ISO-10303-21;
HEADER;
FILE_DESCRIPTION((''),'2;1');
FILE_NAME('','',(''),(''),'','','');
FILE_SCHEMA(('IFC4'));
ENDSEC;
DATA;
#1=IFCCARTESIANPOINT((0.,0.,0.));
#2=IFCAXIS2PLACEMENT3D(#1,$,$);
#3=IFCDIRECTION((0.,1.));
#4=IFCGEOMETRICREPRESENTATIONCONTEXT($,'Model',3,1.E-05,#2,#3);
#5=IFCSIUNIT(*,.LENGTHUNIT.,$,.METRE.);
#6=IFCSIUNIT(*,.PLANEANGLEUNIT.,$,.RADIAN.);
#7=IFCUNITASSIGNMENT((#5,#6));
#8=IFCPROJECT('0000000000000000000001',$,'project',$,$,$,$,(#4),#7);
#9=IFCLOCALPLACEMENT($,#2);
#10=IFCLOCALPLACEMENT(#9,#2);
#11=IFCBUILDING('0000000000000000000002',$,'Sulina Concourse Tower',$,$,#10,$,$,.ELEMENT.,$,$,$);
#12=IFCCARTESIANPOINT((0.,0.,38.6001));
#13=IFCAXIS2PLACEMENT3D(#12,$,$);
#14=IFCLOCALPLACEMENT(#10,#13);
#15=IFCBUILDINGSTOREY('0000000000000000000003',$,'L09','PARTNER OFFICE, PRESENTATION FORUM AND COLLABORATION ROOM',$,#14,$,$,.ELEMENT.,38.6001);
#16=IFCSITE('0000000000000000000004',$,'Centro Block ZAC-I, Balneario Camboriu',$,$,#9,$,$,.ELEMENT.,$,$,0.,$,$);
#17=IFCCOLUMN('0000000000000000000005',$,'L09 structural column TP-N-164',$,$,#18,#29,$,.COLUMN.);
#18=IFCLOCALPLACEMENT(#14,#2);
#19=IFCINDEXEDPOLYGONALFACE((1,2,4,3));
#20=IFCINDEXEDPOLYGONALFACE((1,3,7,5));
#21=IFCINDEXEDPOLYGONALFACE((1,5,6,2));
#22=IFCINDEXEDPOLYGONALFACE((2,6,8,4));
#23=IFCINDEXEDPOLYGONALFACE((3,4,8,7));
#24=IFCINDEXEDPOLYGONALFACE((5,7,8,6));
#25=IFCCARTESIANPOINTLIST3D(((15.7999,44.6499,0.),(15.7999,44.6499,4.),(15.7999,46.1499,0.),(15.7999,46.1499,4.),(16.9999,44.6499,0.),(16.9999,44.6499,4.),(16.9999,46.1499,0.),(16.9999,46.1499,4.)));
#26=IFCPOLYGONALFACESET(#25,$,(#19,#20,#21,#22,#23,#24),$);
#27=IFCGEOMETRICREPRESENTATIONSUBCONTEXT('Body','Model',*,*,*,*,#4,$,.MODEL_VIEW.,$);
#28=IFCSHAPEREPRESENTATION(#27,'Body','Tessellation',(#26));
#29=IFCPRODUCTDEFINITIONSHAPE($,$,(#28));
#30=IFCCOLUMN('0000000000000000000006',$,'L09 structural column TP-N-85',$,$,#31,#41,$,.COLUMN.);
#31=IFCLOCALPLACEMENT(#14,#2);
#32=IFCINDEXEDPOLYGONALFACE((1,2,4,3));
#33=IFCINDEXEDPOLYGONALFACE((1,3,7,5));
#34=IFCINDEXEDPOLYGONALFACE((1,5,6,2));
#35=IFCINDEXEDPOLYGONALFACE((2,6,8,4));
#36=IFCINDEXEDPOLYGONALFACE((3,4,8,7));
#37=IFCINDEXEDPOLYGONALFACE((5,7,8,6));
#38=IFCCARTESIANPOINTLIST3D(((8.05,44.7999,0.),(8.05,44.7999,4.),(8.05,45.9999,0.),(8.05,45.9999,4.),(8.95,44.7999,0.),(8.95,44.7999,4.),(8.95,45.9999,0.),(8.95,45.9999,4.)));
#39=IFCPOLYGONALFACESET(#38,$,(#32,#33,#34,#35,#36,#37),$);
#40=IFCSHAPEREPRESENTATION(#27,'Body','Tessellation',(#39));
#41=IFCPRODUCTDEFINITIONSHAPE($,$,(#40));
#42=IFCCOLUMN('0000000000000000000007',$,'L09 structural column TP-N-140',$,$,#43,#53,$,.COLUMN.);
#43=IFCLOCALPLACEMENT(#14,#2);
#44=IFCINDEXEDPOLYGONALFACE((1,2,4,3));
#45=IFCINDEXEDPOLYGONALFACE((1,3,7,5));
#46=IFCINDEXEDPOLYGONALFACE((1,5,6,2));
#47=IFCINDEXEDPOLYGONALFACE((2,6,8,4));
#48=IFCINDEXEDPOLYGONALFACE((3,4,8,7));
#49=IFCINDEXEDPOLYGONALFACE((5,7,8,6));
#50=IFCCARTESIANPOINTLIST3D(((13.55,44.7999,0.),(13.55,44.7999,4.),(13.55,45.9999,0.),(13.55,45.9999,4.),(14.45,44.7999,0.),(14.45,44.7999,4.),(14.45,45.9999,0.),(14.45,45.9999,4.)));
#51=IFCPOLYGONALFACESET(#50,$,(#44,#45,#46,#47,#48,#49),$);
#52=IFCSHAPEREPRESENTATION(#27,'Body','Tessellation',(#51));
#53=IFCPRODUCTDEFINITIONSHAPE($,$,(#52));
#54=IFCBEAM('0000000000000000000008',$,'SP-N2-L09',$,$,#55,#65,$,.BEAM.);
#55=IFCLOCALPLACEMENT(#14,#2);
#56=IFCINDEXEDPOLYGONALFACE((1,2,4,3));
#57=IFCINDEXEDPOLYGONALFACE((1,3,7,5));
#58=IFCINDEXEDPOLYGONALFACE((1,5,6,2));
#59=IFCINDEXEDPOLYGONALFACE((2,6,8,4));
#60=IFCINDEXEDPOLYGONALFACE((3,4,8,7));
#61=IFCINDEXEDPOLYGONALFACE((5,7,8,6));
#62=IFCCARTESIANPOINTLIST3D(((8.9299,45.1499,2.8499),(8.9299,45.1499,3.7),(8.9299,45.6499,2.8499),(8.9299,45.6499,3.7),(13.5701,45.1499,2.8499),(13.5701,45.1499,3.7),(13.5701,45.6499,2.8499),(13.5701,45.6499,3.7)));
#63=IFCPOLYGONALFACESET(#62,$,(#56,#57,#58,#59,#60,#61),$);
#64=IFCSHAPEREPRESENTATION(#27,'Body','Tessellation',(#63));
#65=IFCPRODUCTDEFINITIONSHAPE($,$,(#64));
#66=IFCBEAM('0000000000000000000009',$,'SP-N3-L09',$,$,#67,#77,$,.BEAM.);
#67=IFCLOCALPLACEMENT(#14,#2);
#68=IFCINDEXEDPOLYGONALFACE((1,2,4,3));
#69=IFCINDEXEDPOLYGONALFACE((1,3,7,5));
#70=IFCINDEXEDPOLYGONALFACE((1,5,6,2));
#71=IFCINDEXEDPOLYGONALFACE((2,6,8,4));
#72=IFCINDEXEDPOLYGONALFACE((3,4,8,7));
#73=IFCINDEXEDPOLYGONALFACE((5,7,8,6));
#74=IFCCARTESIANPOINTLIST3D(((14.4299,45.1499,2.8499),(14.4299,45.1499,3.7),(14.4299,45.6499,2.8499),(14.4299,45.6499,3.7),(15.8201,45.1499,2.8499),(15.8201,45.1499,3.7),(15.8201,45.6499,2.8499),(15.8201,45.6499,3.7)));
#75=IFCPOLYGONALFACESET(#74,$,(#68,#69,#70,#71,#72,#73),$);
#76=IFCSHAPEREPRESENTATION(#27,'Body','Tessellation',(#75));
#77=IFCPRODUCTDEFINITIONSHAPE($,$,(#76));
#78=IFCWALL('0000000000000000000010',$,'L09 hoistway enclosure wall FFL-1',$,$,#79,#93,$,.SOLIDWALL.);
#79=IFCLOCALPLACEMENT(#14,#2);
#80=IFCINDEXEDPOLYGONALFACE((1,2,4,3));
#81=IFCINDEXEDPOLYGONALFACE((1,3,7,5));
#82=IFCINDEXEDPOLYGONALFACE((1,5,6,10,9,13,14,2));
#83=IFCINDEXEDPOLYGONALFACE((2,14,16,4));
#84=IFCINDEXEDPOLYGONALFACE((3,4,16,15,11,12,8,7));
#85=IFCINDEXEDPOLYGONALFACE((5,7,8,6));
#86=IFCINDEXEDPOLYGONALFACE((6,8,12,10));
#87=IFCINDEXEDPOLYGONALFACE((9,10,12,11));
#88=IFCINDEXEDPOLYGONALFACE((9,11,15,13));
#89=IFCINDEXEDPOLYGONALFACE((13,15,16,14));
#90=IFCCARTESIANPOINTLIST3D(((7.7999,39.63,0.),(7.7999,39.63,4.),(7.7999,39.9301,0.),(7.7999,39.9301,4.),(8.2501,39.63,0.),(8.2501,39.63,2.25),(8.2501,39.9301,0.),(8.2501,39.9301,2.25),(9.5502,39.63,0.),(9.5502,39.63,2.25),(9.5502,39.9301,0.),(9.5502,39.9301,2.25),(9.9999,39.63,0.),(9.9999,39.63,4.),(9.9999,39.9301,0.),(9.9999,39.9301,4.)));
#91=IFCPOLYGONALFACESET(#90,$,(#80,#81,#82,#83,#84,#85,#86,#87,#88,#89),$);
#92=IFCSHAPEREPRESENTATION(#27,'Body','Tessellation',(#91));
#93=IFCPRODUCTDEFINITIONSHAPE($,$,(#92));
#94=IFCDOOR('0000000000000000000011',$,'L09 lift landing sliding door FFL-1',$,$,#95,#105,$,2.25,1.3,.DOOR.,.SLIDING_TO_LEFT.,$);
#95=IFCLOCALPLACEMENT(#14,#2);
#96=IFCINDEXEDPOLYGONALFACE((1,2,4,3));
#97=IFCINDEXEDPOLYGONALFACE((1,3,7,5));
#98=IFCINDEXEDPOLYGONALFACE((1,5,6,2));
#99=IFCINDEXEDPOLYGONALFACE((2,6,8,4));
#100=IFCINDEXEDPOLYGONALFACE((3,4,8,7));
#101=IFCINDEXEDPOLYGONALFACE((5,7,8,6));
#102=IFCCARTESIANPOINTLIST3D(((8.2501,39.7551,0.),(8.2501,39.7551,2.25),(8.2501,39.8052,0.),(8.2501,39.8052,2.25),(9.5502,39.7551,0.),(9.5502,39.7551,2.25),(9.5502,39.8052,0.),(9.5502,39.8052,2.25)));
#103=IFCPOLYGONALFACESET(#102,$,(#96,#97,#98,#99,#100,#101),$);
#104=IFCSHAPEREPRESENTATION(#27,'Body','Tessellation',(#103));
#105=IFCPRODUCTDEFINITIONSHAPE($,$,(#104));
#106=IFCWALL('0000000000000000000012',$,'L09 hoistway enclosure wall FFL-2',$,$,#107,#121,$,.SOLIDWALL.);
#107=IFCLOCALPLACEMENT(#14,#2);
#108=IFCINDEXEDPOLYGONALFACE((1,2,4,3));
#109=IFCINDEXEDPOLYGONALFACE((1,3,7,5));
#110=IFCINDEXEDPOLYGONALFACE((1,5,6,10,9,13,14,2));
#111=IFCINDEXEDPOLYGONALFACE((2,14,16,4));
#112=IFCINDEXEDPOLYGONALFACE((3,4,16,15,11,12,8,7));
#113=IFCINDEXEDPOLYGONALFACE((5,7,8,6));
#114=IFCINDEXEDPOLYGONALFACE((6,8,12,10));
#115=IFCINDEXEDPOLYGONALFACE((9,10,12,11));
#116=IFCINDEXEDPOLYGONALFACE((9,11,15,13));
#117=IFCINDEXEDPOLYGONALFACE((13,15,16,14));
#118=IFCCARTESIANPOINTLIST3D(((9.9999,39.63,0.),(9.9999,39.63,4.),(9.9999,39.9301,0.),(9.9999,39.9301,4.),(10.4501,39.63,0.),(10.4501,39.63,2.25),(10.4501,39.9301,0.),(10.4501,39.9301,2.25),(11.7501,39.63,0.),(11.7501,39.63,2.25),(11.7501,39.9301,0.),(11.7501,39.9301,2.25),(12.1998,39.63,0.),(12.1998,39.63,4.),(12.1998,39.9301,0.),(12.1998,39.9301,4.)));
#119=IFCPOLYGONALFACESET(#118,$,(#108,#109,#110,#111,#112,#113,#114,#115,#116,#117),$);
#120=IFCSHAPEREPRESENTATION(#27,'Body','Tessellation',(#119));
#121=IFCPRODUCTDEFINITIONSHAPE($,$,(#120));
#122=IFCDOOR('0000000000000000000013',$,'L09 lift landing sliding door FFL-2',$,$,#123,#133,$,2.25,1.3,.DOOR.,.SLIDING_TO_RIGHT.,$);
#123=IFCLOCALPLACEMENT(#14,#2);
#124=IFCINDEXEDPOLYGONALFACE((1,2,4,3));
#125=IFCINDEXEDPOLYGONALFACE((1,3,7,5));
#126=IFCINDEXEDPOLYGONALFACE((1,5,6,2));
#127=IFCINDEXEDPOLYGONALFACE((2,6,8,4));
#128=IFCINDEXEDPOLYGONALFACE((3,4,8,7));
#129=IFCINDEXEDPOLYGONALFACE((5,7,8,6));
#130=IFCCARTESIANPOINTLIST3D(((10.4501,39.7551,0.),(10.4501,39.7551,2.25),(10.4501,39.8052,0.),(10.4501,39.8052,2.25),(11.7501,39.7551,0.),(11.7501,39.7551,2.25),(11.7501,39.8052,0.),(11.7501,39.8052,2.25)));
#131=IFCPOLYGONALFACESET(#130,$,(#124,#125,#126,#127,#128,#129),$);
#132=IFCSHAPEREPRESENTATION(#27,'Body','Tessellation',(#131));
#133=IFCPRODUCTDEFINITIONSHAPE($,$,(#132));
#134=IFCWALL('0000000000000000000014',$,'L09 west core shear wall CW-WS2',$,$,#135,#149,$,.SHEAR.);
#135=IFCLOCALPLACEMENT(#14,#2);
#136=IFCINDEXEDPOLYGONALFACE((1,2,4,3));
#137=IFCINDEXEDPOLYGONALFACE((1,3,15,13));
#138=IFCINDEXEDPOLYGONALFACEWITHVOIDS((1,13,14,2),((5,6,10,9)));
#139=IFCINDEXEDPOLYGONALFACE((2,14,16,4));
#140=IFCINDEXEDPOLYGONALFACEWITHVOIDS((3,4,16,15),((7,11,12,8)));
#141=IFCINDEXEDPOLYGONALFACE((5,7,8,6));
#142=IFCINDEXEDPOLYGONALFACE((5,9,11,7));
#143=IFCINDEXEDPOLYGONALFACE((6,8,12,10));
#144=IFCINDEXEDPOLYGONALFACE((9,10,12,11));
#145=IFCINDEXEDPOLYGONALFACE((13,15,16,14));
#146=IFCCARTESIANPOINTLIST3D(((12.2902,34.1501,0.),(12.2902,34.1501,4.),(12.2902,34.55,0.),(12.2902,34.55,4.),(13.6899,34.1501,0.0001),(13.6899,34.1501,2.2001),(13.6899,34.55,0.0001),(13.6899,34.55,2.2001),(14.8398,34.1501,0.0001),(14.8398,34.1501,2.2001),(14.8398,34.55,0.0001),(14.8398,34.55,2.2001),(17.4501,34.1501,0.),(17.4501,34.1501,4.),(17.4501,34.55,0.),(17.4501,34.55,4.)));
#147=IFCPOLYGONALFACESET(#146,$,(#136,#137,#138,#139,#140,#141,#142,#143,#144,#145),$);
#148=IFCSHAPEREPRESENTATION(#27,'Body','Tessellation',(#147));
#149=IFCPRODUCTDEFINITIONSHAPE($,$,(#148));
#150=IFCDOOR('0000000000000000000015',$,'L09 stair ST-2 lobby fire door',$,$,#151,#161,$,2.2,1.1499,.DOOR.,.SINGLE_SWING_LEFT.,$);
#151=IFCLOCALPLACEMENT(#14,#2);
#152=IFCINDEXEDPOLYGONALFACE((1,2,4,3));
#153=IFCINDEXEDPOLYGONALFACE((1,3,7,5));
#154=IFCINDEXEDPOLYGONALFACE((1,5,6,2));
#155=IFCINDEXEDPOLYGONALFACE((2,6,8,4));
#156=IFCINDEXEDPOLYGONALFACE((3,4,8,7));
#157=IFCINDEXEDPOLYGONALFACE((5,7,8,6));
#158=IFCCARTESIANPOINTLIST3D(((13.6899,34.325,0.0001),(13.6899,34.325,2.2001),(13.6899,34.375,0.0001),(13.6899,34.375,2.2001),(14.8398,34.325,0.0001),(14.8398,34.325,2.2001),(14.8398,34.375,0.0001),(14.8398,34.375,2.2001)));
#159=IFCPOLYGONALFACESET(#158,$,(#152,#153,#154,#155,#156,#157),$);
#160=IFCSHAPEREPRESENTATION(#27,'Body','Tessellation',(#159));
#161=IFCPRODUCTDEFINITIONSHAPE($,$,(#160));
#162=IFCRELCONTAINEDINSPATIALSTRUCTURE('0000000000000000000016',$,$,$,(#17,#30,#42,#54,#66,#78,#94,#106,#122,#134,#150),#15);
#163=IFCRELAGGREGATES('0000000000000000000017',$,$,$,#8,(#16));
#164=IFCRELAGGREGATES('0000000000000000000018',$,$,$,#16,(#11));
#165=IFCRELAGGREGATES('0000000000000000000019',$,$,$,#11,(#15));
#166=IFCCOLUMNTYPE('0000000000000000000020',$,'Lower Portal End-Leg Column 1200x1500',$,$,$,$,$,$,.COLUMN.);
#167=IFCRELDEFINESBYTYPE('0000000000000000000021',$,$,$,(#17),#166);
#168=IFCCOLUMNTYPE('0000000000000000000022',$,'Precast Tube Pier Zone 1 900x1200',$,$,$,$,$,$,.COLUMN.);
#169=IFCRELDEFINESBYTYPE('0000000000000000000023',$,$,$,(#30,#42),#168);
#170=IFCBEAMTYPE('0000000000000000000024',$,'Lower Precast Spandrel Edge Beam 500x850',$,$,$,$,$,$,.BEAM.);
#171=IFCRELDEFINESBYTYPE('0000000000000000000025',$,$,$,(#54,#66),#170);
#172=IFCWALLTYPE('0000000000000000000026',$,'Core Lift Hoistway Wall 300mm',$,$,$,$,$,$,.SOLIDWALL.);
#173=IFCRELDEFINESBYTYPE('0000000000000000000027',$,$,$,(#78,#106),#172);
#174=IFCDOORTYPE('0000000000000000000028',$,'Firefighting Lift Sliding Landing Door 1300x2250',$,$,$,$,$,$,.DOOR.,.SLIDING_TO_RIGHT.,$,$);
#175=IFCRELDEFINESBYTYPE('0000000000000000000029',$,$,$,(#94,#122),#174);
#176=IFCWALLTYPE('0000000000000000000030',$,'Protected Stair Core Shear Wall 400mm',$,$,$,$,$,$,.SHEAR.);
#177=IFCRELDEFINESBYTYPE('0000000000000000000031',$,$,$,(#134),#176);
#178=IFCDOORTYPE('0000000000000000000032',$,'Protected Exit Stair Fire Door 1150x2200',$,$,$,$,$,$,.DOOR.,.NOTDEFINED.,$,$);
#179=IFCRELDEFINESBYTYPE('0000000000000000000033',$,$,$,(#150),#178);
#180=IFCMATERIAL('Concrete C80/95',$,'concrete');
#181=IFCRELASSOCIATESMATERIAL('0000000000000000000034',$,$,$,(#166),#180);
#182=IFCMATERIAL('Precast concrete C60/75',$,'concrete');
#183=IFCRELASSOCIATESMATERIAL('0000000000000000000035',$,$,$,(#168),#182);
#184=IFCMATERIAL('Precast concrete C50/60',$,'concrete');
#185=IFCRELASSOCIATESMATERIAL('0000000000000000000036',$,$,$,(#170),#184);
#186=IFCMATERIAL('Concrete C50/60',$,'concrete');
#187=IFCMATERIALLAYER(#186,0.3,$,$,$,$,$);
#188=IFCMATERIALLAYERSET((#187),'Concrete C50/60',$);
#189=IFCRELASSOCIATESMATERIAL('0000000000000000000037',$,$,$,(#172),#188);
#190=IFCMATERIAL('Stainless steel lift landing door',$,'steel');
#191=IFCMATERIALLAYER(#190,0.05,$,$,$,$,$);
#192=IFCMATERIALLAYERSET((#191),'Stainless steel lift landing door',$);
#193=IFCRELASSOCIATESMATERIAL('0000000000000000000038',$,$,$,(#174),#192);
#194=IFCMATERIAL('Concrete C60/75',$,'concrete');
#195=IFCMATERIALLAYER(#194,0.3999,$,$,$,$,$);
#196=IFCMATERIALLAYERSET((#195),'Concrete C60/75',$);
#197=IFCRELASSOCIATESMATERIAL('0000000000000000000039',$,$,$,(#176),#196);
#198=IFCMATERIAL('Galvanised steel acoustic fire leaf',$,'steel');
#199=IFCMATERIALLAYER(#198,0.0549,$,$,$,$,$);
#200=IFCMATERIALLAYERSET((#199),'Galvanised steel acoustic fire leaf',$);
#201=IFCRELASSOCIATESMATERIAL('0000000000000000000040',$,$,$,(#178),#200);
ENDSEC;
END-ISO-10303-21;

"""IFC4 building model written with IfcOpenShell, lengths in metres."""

from ifc_helpers import new_model, si_unit, direction, frame, frame_2d, origin, origin_2d, place, context, subcontext, project, spatial, rectangle, extrude, material, layer, layer_set, material_profile, profile_set, type_object, element, fill, save


model = new_model("IFC4")

# Units and contexts
model_context = context("Model", 3, precision=1e-05, world=origin(), true_north=direction((0.0, 1.0)))
body_context = subcontext(model_context, "Body", "Model", "MODEL_VIEW")
ifc_project = project(units=[si_unit("LENGTHUNIT", "METRE"), si_unit("PLANEANGLEUNIT", "RADIAN")], contexts=[model_context])

# Site, building, storey
site_placement = place(None, origin())
site = spatial("IfcSite", under=ifc_project, at=site_placement, Name="Centro Block ZAC-I, Balneario Camboriu", CompositionType="ELEMENT", RefElevation=0.0)
building_placement = place(site_placement, origin())
building = spatial("IfcBuilding", under=site, at=building_placement, Name="Sulina Concourse Tower", CompositionType="ELEMENT")
storey_placement = place(building_placement, frame((0.0, 0.0, 38.6001)))
storey = spatial("IfcBuildingStorey", under=building, at=storey_placement, Name="L09", Description="PARTNER OFFICE, PRESENTATION FORUM AND COLLABORATION ROOM", CompositionType="ELEMENT", Elevation=38.6001)

# Columns
ifc_material_1 = material(Name="Concrete C80/95", Category="concrete")
ifc_material_profile_1 = material_profile(ifc_material_1, rectangle(XDim=1.2, YDim=1.5, at=origin_2d()), Name="RC 1200x1500")
ifc_profile_set_1 = profile_set([ifc_material_profile_1], Name="Concrete C80/95")
column_type_1 = type_object("IfcColumnType", Name="Lower Portal End-Leg Column 1200x1500", PredefinedType="COLUMN", material=ifc_profile_set_1)
column_placement = place(storey_placement, frame((16.3999, 45.3999, 0.0), z_axis=(0.0, 0.0, 1.0), x_axis=(1.0, 0.0, 0.0)))
element("IfcColumn", 1, at=column_placement, inside=storey, type_object=column_type_1, Name="L09 structural column TP-N-164", PredefinedType="COLUMN", context=body_context, shape_type="SweptSolid", body=[
    extrude(rectangle(XDim=1.2, YDim=1.5, at=origin_2d()), origin(), (0.0, 0.0, 1.0), 4.0),
])
ifc_material_2 = material(Name="Precast concrete C60/75", Category="concrete")
ifc_material_profile_2 = material_profile(ifc_material_2, rectangle(XDim=0.8999, YDim=1.2, at=origin_2d()), Name="PC 900x1200")
ifc_profile_set_2 = profile_set([ifc_material_profile_2], Name="Precast concrete C60/75")
column_type_2 = type_object("IfcColumnType", Name="Precast Tube Pier Zone 1 900x1200", PredefinedType="COLUMN", material=ifc_profile_set_2)
for number, where, z_axis, x_axis, name in (
    (2, (8.5, 45.3999, 0.0), (0.0, 0.0, 1.0), (1.0, 0.0, 0.0), "L09 structural column TP-N-85"),
    (3, (14.0, 45.3999, 0.0), (0.0, 0.0, 1.0), (1.0, 0.0, 0.0), "L09 structural column TP-N-140"),
):
    element("IfcColumn", number, at=place(storey_placement, frame(where, z_axis=z_axis, x_axis=x_axis)), inside=storey, type_object=column_type_2, Name=name, PredefinedType="COLUMN", context=body_context, shape_type="SweptSolid", body=[
        extrude(rectangle(XDim=0.8999, YDim=1.2, at=origin_2d()), origin(), (0.0, 0.0, 1.0), 4.0),
    ])

# Beams
ifc_material_3 = material(Name="Precast concrete C50/60", Category="concrete")
ifc_material_profile_3 = material_profile(ifc_material_3, rectangle(XDim=0.5, YDim=0.8501, at=origin_2d()), Name="RC 500x850")
ifc_profile_set_3 = profile_set([ifc_material_profile_3], Name="Precast concrete C50/60")
beam_type = type_object("IfcBeamType", Name="Lower Precast Spandrel Edge Beam 500x850", PredefinedType="BEAM", material=ifc_profile_set_3)
beam_1_placement = place(storey_placement, frame((8.9299, 45.3999, 3.2749), z_axis=(1.0, 0.0, 0.0), x_axis=(0.0, 1.0, 0.0)))
element("IfcBeam", 4, at=beam_1_placement, inside=storey, type_object=beam_type, Name="SP-N2-L09", PredefinedType="BEAM", context=body_context, shape_type="SweptSolid", body=[
    extrude(rectangle(XDim=0.5, YDim=0.8501, at=origin_2d()), origin(), (0.0, 0.0, 1.0), 4.6401),
])
beam_2_placement = place(storey_placement, frame((14.4299, 45.3999, 3.2749), z_axis=(1.0, 0.0, 0.0), x_axis=(0.0, 1.0, 0.0)))
element("IfcBeam", 5, at=beam_2_placement, inside=storey, type_object=beam_type, Name="SP-N3-L09", PredefinedType="BEAM", context=body_context, shape_type="SweptSolid", body=[
    extrude(rectangle(XDim=0.5, YDim=0.8501, at=origin_2d()), origin(), (0.0, 0.0, 1.0), 1.3901),
])

# Walls, openings, doors
ifc_material_4 = material(Name="Concrete C50/60", Category="concrete")
ifc_layer_1 = layer(ifc_material_4, 0.3)
ifc_layer_set_1 = layer_set([ifc_layer_1], Name="Concrete C50/60")
wall_type_1 = type_object("IfcWallType", Name="Core Lift Hoistway Wall 300mm", PredefinedType="SOLIDWALL", material=ifc_layer_set_1)
wall_1_placement = place(storey_placement, frame((10.0, 39.78, 0.0), z_axis=(0.0, 0.0, 1.0), x_axis=(-1.0, 0.0, 0.0)))
wall_1 = element("IfcWall", 6, at=wall_1_placement, inside=storey, type_object=wall_type_1, Name="L09 hoistway enclosure wall FFL-1", PredefinedType="SOLIDWALL", context=body_context, shape_type="SweptSolid", body=[
    extrude(rectangle(XDim=2.2, YDim=0.3, at=frame_2d((1.1001, 0.0))), origin(), (0.0, 0.0, 1.0), 4.0),
])
opening_1_placement = place(wall_1_placement, frame((0.45, 0.0, 0.0)))
opening_1 = element("IfcOpeningElement", 7, at=opening_1_placement, cuts=wall_1, PredefinedType="OPENING", context=body_context, shape_type="SweptSolid", body=[
    extrude(rectangle(XDim=1.3, YDim=2.25, at=frame_2d((0.6499, 1.125))), frame((0.0, 0.1599, 0.0), z_axis=(0.0, -1.0, 0.0), x_axis=(1.0, 0.0, 0.0)), (0.0, 0.0, 1.0), 0.3201),
])
ifc_material_5 = material(Name="Stainless steel lift landing door", Category="steel")
ifc_layer_2 = layer(ifc_material_5, 0.05)
ifc_layer_set_2 = layer_set([ifc_layer_2], Name="Stainless steel lift landing door")
door_type_1 = type_object("IfcDoorType", Name="Firefighting Lift Sliding Landing Door 1300x2250", OperationType="SLIDING_TO_RIGHT", PredefinedType="DOOR", material=ifc_layer_set_2)
door_1_placement = place(opening_1_placement, origin())
door_1 = element("IfcDoor", 8, at=door_1_placement, inside=storey, type_object=door_type_1, Name="L09 lift landing sliding door FFL-1", OperationType="SLIDING_TO_LEFT", OverallHeight=2.25, OverallWidth=1.3, PredefinedType="DOOR", context=body_context, shape_type="SweptSolid", body=[
    extrude(rectangle(XDim=1.3, YDim=2.25, at=frame_2d((0.6499, 1.125))), frame((0.0, 0.0249, 0.0), z_axis=(0.0, -1.0, 0.0), x_axis=(1.0, 0.0, 0.0)), (0.0, 0.0, 1.0), 0.05),
])
fill(opening_1, door_1)
wall_2_placement = place(storey_placement, frame((12.2, 39.78, 0.0), z_axis=(0.0, 0.0, 1.0), x_axis=(-1.0, 0.0, 0.0)))
wall_2 = element("IfcWall", 9, at=wall_2_placement, inside=storey, type_object=wall_type_1, Name="L09 hoistway enclosure wall FFL-2", PredefinedType="SOLIDWALL", context=body_context, shape_type="SweptSolid", body=[
    extrude(rectangle(XDim=2.2, YDim=0.3, at=frame_2d((1.1001, 0.0))), origin(), (0.0, 0.0, 1.0), 4.0),
])
opening_2_placement = place(wall_2_placement, frame((0.45, 0.0, 0.0)))
opening_2 = element("IfcOpeningElement", 10, at=opening_2_placement, cuts=wall_2, PredefinedType="OPENING", context=body_context, shape_type="SweptSolid", body=[
    extrude(rectangle(XDim=1.3, YDim=2.25, at=frame_2d((0.6499, 1.125))), frame((0.0, 0.1599, 0.0), z_axis=(0.0, -1.0, 0.0), x_axis=(1.0, 0.0, 0.0)), (0.0, 0.0, 1.0), 0.3201),
])
door_2_placement = place(opening_2_placement, origin())
door_2 = element("IfcDoor", 11, at=door_2_placement, inside=storey, type_object=door_type_1, Name="L09 lift landing sliding door FFL-2", OperationType="SLIDING_TO_RIGHT", OverallHeight=2.25, OverallWidth=1.3, PredefinedType="DOOR", context=body_context, shape_type="SweptSolid", body=[
    extrude(rectangle(XDim=1.3, YDim=2.25, at=frame_2d((0.6499, 1.125))), frame((0.0, 0.0249, 0.0), z_axis=(0.0, -1.0, 0.0), x_axis=(1.0, 0.0, 0.0)), (0.0, 0.0, 1.0), 0.05),
])
fill(opening_2, door_2)
ifc_material_6 = material(Name="Concrete C60/75", Category="concrete")
ifc_layer_3 = layer(ifc_material_6, 0.3999)
ifc_layer_set_3 = layer_set([ifc_layer_3], Name="Concrete C60/75")
wall_type_2 = type_object("IfcWallType", Name="Protected Stair Core Shear Wall 400mm", PredefinedType="SHEAR", material=ifc_layer_set_3)
wall_3_placement = place(storey_placement, frame((12.29, 34.3501, 0.0), z_axis=(0.0, 0.0, 1.0), x_axis=(1.0, 0.0, 0.0)))
wall_3 = element("IfcWall", 12, at=wall_3_placement, inside=storey, type_object=wall_type_2, Name="L09 west core shear wall CW-WS2", PredefinedType="SHEAR", context=body_context, shape_type="SweptSolid", body=[
    extrude(rectangle(XDim=5.1599, YDim=0.3999, at=frame_2d((2.5801, 0.0))), origin(), (0.0, 0.0, 1.0), 4.0),
])
opening_3_placement = place(wall_3_placement, frame((1.3999, 0.0, 0.0)))
opening_3 = element("IfcOpeningElement", 13, at=opening_3_placement, cuts=wall_3, PredefinedType="OPENING", context=body_context, shape_type="SweptSolid", body=[
    extrude(rectangle(XDim=1.1499, YDim=2.2, at=frame_2d((0.575, 1.1001))), frame((0.0, 0.21, 0.0), z_axis=(0.0, -1.0, 0.0), x_axis=(1.0, 0.0, 0.0)), (0.0, 0.0, 1.0), 0.4199),
])
ifc_material_7 = material(Name="Galvanised steel acoustic fire leaf", Category="steel")
ifc_layer_4 = layer(ifc_material_7, 0.0549)
ifc_layer_set_4 = layer_set([ifc_layer_4], Name="Galvanised steel acoustic fire leaf")
door_type_2 = type_object("IfcDoorType", Name="Protected Exit Stair Fire Door 1150x2200", OperationType="NOTDEFINED", PredefinedType="DOOR", material=ifc_layer_set_4)
door_3_placement = place(opening_3_placement, origin())
door_3 = element("IfcDoor", 14, at=door_3_placement, inside=storey, type_object=door_type_2, Name="L09 stair ST-2 lobby fire door", OperationType="SINGLE_SWING_LEFT", OverallHeight=2.2, OverallWidth=1.1499, PredefinedType="DOOR", context=body_context, shape_type="SweptSolid", body=[
    extrude(rectangle(XDim=1.1499, YDim=2.2, at=frame_2d((0.575, 1.1001))), frame((0.0, 0.0249, 0.0), z_axis=(0.0, -1.0, 0.0), x_axis=(1.0, 0.0, 0.0)), (0.0, 0.0, 1.0), 0.05),
])
fill(opening_3, door_3)

save(model, "model.ifc")
